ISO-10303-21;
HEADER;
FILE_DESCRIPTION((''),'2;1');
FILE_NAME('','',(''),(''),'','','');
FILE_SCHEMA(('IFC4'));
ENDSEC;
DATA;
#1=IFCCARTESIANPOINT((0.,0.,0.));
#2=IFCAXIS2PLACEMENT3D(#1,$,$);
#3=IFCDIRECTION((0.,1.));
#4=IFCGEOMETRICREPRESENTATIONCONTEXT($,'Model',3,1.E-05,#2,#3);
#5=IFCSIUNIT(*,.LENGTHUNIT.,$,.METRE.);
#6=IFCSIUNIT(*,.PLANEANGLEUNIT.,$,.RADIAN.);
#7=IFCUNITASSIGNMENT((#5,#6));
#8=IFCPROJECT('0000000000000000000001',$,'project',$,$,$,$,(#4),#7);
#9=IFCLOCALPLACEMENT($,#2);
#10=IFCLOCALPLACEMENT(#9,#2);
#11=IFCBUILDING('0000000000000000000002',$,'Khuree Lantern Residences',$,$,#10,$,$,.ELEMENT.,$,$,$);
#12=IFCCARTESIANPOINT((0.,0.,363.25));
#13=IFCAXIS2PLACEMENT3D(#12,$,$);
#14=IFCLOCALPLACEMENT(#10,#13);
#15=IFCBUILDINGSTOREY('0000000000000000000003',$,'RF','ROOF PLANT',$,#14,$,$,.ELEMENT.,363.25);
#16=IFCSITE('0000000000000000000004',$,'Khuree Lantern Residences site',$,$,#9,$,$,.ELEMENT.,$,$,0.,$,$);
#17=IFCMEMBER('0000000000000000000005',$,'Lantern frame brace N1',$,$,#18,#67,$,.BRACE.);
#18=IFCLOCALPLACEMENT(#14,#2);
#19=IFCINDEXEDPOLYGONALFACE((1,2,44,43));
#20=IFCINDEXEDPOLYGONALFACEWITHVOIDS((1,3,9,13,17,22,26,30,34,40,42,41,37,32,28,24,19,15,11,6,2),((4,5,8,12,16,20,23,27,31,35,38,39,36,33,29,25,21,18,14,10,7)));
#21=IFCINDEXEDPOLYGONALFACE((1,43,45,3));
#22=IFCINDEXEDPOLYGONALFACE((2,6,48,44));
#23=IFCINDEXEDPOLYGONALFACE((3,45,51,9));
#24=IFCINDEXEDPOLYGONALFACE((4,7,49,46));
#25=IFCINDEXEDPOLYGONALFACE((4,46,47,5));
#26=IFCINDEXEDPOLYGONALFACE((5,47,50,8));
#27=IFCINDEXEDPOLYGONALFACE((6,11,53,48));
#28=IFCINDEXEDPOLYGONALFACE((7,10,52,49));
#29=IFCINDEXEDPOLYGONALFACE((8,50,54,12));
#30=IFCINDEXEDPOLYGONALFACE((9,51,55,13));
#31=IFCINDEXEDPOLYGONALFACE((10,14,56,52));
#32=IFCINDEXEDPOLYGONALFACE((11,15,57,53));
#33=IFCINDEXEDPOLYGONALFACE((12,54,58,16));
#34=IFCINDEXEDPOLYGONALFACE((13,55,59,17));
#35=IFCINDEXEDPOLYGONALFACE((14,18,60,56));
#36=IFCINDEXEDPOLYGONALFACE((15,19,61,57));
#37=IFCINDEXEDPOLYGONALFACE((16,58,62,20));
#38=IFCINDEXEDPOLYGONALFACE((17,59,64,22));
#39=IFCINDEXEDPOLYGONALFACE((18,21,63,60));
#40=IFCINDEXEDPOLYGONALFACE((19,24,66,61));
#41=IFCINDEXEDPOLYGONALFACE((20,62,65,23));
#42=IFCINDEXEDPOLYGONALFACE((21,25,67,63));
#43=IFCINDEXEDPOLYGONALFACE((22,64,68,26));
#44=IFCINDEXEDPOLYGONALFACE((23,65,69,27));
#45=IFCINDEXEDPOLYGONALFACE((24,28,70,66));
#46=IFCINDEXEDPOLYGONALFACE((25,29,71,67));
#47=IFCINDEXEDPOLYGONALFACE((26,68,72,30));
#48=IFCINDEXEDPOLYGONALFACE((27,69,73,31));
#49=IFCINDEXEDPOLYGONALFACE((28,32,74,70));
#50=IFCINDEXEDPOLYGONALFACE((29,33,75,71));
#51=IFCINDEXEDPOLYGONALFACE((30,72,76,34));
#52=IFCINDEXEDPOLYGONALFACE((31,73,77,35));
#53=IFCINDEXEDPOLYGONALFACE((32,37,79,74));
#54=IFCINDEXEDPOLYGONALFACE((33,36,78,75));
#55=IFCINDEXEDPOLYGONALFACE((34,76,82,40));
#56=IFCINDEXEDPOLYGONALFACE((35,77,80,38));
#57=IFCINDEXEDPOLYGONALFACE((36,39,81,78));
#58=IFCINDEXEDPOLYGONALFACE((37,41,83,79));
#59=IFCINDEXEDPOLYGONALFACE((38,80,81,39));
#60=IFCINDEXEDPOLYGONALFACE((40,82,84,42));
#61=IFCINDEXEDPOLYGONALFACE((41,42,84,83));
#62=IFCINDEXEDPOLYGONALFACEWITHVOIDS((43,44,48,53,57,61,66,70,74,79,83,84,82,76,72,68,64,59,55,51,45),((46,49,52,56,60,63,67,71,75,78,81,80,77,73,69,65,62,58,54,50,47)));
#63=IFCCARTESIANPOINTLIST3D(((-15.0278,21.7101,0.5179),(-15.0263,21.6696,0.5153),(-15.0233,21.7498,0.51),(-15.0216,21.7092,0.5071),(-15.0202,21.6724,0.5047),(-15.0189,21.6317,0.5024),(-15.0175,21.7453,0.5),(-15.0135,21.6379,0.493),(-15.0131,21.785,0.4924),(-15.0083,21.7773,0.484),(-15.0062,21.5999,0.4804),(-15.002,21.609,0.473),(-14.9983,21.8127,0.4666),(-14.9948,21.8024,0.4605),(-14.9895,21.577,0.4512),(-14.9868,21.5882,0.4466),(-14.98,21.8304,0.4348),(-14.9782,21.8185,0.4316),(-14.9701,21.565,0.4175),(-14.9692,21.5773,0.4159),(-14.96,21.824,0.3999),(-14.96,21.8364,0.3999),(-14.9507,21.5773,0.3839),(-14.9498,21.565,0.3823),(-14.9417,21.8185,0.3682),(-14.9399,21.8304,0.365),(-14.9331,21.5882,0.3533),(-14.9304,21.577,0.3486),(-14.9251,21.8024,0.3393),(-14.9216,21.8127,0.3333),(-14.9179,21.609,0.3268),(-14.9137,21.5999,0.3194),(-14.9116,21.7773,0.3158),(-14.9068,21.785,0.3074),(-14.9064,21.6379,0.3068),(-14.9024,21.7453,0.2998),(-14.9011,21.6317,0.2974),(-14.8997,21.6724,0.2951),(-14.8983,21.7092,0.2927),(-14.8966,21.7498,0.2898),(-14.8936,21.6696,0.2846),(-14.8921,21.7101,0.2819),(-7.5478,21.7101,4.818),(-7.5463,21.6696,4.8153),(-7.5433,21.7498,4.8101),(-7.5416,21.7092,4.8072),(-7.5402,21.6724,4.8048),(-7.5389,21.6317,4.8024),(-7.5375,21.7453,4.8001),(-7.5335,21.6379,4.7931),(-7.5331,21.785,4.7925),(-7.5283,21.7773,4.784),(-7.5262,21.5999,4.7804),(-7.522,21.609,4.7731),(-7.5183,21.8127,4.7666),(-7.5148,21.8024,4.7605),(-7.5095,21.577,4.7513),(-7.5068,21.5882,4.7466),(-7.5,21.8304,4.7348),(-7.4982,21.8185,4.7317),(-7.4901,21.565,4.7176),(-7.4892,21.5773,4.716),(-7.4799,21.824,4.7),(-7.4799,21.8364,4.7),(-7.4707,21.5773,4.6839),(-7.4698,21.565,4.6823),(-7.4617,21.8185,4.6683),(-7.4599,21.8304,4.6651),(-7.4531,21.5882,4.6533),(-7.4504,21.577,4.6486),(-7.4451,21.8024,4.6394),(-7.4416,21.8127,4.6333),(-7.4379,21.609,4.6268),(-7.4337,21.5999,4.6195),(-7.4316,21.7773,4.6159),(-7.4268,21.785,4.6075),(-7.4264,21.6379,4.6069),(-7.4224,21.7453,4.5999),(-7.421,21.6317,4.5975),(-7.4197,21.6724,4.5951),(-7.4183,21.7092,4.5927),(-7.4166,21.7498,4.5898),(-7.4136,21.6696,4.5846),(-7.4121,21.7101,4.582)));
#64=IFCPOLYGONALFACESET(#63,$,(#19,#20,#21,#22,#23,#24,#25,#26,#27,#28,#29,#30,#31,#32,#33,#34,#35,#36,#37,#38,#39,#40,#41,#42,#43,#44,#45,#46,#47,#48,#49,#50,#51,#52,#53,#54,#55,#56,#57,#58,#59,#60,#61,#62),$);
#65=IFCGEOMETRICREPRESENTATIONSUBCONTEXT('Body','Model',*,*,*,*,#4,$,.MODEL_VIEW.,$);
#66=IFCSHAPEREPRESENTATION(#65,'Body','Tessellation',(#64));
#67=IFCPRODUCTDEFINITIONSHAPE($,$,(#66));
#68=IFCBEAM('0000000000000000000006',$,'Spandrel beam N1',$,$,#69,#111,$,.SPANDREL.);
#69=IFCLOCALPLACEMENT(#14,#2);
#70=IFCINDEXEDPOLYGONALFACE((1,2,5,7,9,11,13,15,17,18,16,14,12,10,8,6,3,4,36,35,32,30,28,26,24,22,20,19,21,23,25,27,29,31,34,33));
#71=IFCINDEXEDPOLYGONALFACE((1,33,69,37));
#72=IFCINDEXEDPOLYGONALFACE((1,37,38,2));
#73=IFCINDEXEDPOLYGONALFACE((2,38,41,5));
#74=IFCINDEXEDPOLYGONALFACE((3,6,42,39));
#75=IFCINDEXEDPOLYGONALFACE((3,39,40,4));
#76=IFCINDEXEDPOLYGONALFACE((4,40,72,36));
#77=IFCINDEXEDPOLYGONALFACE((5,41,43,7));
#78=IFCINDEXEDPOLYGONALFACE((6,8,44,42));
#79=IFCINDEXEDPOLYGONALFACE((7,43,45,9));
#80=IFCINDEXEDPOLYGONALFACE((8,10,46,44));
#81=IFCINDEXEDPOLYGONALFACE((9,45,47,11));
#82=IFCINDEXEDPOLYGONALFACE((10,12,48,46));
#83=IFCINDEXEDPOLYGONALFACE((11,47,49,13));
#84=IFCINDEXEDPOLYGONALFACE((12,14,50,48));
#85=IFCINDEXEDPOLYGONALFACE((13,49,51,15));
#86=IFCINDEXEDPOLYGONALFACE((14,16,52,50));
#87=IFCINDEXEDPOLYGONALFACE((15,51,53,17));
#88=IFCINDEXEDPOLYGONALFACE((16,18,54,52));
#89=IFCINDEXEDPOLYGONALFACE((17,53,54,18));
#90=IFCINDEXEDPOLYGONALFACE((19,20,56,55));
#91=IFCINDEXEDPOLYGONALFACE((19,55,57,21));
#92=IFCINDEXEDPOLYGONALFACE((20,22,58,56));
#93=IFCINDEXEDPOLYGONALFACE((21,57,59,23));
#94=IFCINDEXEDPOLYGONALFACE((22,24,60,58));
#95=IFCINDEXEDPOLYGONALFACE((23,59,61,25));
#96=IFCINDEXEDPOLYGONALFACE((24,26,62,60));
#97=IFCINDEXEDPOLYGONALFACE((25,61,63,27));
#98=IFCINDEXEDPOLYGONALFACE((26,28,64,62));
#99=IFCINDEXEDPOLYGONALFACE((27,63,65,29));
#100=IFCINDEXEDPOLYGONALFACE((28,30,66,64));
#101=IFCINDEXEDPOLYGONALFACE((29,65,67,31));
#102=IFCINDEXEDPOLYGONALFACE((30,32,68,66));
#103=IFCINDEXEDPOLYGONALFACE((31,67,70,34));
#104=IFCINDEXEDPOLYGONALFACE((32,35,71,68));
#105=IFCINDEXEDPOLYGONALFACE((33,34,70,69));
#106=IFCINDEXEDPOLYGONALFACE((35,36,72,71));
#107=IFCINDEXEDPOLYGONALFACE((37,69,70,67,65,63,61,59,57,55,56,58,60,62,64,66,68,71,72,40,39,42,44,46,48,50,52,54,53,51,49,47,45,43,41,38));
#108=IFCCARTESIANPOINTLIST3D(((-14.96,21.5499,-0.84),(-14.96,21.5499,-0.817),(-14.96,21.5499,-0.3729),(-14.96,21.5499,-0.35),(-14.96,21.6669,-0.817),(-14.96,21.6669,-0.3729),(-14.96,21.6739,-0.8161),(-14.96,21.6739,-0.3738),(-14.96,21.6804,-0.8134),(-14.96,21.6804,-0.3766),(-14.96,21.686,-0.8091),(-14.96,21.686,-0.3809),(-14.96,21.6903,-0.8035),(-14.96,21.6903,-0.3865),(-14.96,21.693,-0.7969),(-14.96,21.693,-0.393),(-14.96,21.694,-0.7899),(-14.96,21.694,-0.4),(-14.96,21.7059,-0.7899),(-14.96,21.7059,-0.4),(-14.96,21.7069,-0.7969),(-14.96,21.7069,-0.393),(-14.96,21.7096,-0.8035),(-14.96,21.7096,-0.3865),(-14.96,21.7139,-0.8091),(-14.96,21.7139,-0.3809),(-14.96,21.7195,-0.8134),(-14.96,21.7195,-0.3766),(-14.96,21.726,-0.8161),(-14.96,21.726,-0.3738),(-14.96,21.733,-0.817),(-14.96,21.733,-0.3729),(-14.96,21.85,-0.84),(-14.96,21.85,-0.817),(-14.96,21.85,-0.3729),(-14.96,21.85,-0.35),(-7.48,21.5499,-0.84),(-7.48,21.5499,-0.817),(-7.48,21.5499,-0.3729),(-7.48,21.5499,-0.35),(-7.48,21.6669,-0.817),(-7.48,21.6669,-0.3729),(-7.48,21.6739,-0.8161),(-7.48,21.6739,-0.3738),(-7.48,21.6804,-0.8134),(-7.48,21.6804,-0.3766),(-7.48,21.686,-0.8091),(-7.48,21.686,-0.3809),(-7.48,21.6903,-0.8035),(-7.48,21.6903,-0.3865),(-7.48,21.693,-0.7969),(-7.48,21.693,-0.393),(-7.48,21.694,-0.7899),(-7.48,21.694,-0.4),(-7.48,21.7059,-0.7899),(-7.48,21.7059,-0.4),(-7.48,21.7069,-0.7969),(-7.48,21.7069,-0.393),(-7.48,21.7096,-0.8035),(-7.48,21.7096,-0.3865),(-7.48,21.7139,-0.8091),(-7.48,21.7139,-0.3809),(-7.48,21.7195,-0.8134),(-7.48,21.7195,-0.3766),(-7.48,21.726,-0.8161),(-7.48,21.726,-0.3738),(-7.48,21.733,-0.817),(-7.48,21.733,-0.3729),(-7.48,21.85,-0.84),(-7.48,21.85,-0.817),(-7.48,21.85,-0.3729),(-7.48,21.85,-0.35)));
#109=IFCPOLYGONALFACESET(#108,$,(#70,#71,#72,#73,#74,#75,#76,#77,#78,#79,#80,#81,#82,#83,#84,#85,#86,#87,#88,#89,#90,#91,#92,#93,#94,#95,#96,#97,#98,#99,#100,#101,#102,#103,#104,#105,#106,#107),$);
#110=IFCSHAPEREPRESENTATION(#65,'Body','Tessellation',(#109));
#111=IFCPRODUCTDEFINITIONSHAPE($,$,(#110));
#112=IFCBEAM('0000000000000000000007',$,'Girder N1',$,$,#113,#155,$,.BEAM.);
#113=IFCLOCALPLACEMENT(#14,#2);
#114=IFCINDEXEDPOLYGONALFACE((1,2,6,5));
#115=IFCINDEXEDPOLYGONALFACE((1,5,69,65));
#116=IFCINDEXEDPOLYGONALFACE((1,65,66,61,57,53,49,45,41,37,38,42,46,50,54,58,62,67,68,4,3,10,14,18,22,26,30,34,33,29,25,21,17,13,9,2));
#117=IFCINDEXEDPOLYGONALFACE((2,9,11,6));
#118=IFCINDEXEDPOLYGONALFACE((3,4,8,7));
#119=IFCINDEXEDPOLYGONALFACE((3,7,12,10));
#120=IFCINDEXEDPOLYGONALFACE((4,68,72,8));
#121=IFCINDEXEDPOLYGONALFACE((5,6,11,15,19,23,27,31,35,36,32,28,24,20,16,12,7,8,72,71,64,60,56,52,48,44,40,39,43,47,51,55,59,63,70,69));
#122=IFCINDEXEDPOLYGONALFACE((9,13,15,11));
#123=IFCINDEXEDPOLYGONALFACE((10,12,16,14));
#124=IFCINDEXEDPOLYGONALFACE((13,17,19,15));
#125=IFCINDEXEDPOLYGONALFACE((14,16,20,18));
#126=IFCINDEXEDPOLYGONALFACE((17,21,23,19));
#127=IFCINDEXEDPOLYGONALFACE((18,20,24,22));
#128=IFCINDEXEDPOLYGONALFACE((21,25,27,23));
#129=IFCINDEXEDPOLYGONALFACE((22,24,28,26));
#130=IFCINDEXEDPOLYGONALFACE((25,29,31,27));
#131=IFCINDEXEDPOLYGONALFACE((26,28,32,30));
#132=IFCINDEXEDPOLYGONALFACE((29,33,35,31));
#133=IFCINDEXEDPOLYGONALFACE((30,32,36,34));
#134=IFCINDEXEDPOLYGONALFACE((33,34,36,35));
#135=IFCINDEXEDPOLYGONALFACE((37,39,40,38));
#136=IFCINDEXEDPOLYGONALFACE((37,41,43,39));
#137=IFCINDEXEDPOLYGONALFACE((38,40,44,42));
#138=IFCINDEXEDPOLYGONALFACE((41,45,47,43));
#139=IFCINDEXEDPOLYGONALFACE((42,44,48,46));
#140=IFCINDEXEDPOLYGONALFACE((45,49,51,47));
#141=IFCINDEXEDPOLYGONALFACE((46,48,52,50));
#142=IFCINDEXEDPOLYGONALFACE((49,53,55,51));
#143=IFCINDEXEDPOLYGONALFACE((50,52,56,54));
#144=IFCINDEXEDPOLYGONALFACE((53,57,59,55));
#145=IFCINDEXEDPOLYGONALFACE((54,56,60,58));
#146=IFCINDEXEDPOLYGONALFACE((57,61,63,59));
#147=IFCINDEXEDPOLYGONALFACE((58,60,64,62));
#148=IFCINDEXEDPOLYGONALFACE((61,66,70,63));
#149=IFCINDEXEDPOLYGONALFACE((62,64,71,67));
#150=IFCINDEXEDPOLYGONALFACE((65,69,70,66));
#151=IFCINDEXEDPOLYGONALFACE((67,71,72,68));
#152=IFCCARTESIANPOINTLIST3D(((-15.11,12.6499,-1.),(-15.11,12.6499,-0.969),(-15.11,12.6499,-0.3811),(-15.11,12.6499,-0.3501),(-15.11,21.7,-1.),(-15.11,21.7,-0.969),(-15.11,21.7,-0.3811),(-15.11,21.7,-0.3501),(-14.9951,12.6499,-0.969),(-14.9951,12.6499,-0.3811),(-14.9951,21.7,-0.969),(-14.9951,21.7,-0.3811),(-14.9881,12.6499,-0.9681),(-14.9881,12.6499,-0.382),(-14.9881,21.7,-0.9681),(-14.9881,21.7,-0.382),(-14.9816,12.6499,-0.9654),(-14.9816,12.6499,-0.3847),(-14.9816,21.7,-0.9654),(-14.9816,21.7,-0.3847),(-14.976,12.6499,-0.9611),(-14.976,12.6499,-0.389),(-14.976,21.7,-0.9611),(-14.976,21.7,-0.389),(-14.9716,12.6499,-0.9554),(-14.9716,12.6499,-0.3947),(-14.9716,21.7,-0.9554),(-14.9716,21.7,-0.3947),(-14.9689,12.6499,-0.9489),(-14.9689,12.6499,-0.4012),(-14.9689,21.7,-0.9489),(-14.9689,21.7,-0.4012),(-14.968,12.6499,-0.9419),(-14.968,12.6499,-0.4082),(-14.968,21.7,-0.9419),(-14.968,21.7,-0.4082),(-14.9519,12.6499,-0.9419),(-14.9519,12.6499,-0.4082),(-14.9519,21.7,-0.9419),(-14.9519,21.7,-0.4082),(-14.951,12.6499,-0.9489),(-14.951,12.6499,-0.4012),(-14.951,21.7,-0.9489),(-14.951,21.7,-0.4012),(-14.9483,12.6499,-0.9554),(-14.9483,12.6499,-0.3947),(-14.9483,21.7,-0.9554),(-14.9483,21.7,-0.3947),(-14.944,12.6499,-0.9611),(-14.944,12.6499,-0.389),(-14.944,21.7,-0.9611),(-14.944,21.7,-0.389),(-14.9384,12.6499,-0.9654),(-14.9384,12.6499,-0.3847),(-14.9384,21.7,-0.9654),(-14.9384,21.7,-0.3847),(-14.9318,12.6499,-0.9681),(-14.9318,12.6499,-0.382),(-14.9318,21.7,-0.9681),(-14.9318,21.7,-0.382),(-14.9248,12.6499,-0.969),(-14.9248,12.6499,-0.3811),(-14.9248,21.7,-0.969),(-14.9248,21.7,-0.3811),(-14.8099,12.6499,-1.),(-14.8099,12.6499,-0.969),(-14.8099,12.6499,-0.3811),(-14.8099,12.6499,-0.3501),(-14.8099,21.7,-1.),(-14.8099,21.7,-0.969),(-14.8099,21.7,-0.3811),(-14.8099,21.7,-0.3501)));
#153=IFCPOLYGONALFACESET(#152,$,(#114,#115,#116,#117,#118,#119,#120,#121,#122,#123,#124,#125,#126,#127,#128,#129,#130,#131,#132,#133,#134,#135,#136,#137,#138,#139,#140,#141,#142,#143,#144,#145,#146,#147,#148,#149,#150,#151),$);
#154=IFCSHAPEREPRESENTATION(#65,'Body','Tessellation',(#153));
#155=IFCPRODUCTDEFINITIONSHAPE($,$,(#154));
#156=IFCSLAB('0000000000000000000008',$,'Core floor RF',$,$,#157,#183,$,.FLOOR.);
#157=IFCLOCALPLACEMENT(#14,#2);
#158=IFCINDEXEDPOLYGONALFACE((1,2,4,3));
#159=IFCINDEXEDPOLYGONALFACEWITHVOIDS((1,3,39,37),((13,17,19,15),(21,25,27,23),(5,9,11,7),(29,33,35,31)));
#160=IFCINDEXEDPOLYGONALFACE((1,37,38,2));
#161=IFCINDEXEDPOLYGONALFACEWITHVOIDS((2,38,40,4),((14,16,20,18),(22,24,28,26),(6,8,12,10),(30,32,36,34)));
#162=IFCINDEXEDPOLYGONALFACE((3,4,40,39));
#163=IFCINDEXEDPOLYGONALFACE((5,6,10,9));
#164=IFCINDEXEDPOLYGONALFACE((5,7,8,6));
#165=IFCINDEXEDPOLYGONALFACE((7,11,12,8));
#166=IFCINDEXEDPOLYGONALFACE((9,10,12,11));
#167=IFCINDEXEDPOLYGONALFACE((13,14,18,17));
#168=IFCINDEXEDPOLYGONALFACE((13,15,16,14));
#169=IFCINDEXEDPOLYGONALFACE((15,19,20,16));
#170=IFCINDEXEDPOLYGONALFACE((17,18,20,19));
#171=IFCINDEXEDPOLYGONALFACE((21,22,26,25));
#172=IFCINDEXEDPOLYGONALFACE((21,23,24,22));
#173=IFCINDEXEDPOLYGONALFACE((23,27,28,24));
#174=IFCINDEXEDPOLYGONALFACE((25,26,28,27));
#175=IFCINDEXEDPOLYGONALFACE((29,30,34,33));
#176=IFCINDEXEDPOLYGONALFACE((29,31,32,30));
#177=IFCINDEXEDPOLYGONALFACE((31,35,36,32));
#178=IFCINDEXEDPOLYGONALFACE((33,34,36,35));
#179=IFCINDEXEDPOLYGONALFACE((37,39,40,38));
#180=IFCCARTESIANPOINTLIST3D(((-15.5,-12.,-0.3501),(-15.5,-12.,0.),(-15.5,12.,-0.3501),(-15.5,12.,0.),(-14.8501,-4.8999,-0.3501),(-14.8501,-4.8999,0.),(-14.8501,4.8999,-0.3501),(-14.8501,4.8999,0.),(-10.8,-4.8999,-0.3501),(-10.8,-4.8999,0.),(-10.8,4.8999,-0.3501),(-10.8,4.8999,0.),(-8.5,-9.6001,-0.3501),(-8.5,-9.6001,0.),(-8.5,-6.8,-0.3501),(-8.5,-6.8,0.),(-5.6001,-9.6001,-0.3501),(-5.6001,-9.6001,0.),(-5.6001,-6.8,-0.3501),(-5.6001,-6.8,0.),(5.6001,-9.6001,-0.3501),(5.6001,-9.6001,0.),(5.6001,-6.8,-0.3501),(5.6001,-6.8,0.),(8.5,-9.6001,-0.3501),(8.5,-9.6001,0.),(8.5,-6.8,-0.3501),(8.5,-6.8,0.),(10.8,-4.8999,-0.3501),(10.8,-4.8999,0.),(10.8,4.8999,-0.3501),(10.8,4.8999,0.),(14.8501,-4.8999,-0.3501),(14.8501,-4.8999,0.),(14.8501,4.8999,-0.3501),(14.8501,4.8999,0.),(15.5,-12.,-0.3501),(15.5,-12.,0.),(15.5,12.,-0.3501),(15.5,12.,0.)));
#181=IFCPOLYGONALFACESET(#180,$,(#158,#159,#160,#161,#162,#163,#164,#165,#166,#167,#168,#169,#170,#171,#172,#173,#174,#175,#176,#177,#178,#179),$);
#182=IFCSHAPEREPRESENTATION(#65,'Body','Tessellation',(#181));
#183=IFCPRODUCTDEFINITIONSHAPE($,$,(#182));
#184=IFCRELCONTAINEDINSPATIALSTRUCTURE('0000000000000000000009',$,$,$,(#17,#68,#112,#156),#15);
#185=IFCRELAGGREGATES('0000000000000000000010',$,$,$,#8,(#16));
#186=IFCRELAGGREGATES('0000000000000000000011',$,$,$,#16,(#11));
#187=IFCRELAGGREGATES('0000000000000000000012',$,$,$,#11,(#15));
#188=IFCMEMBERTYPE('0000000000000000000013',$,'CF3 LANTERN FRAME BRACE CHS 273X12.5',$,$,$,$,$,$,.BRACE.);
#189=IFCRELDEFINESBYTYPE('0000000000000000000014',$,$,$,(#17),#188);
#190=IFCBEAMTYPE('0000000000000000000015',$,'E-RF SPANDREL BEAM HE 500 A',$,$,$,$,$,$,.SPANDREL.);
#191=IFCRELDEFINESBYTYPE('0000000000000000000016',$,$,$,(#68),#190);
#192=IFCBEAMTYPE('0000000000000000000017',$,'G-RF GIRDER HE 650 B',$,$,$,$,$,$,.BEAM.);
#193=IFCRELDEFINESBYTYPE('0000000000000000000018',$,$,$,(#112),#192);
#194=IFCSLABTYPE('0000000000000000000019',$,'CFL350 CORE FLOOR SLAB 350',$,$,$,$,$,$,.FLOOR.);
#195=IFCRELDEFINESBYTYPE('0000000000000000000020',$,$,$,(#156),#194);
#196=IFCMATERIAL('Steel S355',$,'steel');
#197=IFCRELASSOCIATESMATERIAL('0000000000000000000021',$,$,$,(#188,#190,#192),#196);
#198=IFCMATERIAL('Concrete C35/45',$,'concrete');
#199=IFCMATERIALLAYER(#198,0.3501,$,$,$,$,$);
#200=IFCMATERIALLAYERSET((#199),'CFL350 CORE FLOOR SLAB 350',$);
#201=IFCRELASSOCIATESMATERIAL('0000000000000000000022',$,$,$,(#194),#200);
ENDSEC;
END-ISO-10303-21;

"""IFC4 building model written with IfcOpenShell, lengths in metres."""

from ifc_helpers import new_model, si_unit, direction, frame, origin, origin_2d, place, context, subcontext, project, spatial, polyline, hollow_circle, i_section, outline, extrude, material, layer, layer_set, material_profile, profile_set, type_object, element, save


model = new_model("IFC4")

# Units and contexts
model_context = context("Model", 3, precision=1e-05, world=origin(), true_north=direction((0.0, 1.0)))
body_context = subcontext(model_context, "Body", "Model", "MODEL_VIEW")
ifc_project = project(units=[si_unit("LENGTHUNIT", "METRE"), si_unit("PLANEANGLEUNIT", "RADIAN")], contexts=[model_context])

# Site, building, storey
site_placement = place(None, origin())
site = spatial("IfcSite", under=ifc_project, at=site_placement, Name="Khuree Lantern Residences site", CompositionType="ELEMENT", RefElevation=0.0)
building_placement = place(site_placement, origin())
building = spatial("IfcBuilding", under=site, at=building_placement, Name="Khuree Lantern Residences", CompositionType="ELEMENT")
storey_placement = place(building_placement, frame((0.0, 0.0, 363.25)))
storey = spatial("IfcBuildingStorey", under=building, at=storey_placement, Name="RF", Description="ROOF PLANT", CompositionType="ELEMENT", Elevation=363.25)

# Shared definitions
ifc_material_1 = material(Name="Steel S355", Category="steel")

# Member
ifc_material_profile_1 = material_profile(ifc_material_1, hollow_circle(Radius=0.1365, WallThickness=0.0125, at=origin_2d()), Name="CHS 273X12.5")
ifc_profile_set_1 = profile_set([ifc_material_profile_1], Name="Steel S355")
member_type_1 = type_object("IfcMemberType", Name="CF3 LANTERN FRAME BRACE CHS 273X12.5", PredefinedType="BRACE", material=ifc_profile_set_1)
member_1_placement = place(storey_placement, frame((-14.96, 21.7, 0.3999), z_axis=(0.866953, 0.0, 0.498389), x_axis=(0.0, 1.0, 0.0)))
element("IfcMember", 1, at=member_1_placement, inside=storey, type_object=member_type_1, Name="Lantern frame brace N1", PredefinedType="BRACE", context=body_context, shape_type="SweptSolid", body=[
    extrude(hollow_circle(Radius=0.1365, WallThickness=0.0125, at=origin_2d()), origin(), (0.0, 0.0, 1.0), 8.6279),
])

# Beams
ifc_material_profile_2 = material_profile(ifc_material_1, i_section(OverallWidth=0.3, OverallDepth=0.49, WebThickness=0.012, FlangeThickness=0.0229, FilletRadius=0.0271, at=origin_2d()), Name="HE 500 A")
ifc_profile_set_2 = profile_set([ifc_material_profile_2], Name="Steel S355")
beam_type_1 = type_object("IfcBeamType", Name="E-RF SPANDREL BEAM HE 500 A", PredefinedType="SPANDREL", material=ifc_profile_set_2)
beam_1_placement = place(storey_placement, frame((-14.96, 21.7, -0.595), z_axis=(1.0, 0.0, 0.0), x_axis=(0.0, 1.0, 0.0)))
element("IfcBeam", 2, at=beam_1_placement, inside=storey, type_object=beam_type_1, Name="Spandrel beam N1", PredefinedType="SPANDREL", context=body_context, shape_type="SweptSolid", body=[
    extrude(i_section(OverallWidth=0.3, OverallDepth=0.49, WebThickness=0.012, FlangeThickness=0.0229, FilletRadius=0.0271, at=origin_2d()), origin(), (0.0, 0.0, 1.0), 7.48),
])
ifc_material_profile_3 = material_profile(ifc_material_1, i_section(OverallWidth=0.3, OverallDepth=0.6499, WebThickness=0.0161, FlangeThickness=0.031, FilletRadius=0.0271, at=origin_2d()), Name="HE 650 B")
ifc_profile_set_3 = profile_set([ifc_material_profile_3], Name="Steel S355")
beam_type_2 = type_object("IfcBeamType", Name="G-RF GIRDER HE 650 B", PredefinedType="BEAM", material=ifc_profile_set_3)
beam_2_placement = place(storey_placement, frame((-14.96, 21.7, -0.675), z_axis=(0.0, -1.0, 0.0), x_axis=(1.0, 0.0, 0.0)))
element("IfcBeam", 3, at=beam_2_placement, inside=storey, type_object=beam_type_2, Name="Girder N1", PredefinedType="BEAM", context=body_context, shape_type="SweptSolid", body=[
    extrude(i_section(OverallWidth=0.3, OverallDepth=0.6499, WebThickness=0.0161, FlangeThickness=0.031, FilletRadius=0.0271, at=origin_2d()), origin(), (0.0, 0.0, 1.0), 9.05),
])

# Slab
ifc_material_2 = material(Name="Concrete C35/45", Category="concrete")
ifc_layer_1 = layer(ifc_material_2, 0.3501)
ifc_layer_set_1 = layer_set([ifc_layer_1], Name="CFL350 CORE FLOOR SLAB 350")
slab_type_1 = type_object("IfcSlabType", Name="CFL350 CORE FLOOR SLAB 350", PredefinedType="FLOOR", material=ifc_layer_set_1)
slab_1_placement = place(storey_placement, frame((0.0, 0.0, -0.3501)))
element("IfcSlab", 4, at=slab_1_placement, inside=storey, type_object=slab_type_1, Name="Core floor RF", PredefinedType="FLOOR", context=body_context, shape_type="SweptSolid", body=[
    extrude(outline(polyline([(-15.5, -12.0), (-15.5, 12.0), (15.5, 12.0), (15.5, -12.0), (-15.5, -12.0)]), holes=[polyline([(10.8, -4.8999), (14.8501, -4.8999), (14.8501, 4.8999), (10.8, 4.8999), (10.8, -4.8999)]), polyline([(5.6001, -9.6001), (8.5, -9.6001), (8.5, -6.8), (5.6001, -6.8), (5.6001, -9.6001)]), polyline([(-8.5, -9.6001), (-5.6001, -9.6001), (-5.6001, -6.8), (-8.5, -6.8), (-8.5, -9.6001)]), polyline([(-14.8501, -4.8999), (-10.8, -4.8999), (-10.8, 4.8999), (-14.8501, 4.8999), (-14.8501, -4.8999)])]), origin(), (0.0, 0.0, 1.0), 0.3501),
])

save(model, "model.ifc")
